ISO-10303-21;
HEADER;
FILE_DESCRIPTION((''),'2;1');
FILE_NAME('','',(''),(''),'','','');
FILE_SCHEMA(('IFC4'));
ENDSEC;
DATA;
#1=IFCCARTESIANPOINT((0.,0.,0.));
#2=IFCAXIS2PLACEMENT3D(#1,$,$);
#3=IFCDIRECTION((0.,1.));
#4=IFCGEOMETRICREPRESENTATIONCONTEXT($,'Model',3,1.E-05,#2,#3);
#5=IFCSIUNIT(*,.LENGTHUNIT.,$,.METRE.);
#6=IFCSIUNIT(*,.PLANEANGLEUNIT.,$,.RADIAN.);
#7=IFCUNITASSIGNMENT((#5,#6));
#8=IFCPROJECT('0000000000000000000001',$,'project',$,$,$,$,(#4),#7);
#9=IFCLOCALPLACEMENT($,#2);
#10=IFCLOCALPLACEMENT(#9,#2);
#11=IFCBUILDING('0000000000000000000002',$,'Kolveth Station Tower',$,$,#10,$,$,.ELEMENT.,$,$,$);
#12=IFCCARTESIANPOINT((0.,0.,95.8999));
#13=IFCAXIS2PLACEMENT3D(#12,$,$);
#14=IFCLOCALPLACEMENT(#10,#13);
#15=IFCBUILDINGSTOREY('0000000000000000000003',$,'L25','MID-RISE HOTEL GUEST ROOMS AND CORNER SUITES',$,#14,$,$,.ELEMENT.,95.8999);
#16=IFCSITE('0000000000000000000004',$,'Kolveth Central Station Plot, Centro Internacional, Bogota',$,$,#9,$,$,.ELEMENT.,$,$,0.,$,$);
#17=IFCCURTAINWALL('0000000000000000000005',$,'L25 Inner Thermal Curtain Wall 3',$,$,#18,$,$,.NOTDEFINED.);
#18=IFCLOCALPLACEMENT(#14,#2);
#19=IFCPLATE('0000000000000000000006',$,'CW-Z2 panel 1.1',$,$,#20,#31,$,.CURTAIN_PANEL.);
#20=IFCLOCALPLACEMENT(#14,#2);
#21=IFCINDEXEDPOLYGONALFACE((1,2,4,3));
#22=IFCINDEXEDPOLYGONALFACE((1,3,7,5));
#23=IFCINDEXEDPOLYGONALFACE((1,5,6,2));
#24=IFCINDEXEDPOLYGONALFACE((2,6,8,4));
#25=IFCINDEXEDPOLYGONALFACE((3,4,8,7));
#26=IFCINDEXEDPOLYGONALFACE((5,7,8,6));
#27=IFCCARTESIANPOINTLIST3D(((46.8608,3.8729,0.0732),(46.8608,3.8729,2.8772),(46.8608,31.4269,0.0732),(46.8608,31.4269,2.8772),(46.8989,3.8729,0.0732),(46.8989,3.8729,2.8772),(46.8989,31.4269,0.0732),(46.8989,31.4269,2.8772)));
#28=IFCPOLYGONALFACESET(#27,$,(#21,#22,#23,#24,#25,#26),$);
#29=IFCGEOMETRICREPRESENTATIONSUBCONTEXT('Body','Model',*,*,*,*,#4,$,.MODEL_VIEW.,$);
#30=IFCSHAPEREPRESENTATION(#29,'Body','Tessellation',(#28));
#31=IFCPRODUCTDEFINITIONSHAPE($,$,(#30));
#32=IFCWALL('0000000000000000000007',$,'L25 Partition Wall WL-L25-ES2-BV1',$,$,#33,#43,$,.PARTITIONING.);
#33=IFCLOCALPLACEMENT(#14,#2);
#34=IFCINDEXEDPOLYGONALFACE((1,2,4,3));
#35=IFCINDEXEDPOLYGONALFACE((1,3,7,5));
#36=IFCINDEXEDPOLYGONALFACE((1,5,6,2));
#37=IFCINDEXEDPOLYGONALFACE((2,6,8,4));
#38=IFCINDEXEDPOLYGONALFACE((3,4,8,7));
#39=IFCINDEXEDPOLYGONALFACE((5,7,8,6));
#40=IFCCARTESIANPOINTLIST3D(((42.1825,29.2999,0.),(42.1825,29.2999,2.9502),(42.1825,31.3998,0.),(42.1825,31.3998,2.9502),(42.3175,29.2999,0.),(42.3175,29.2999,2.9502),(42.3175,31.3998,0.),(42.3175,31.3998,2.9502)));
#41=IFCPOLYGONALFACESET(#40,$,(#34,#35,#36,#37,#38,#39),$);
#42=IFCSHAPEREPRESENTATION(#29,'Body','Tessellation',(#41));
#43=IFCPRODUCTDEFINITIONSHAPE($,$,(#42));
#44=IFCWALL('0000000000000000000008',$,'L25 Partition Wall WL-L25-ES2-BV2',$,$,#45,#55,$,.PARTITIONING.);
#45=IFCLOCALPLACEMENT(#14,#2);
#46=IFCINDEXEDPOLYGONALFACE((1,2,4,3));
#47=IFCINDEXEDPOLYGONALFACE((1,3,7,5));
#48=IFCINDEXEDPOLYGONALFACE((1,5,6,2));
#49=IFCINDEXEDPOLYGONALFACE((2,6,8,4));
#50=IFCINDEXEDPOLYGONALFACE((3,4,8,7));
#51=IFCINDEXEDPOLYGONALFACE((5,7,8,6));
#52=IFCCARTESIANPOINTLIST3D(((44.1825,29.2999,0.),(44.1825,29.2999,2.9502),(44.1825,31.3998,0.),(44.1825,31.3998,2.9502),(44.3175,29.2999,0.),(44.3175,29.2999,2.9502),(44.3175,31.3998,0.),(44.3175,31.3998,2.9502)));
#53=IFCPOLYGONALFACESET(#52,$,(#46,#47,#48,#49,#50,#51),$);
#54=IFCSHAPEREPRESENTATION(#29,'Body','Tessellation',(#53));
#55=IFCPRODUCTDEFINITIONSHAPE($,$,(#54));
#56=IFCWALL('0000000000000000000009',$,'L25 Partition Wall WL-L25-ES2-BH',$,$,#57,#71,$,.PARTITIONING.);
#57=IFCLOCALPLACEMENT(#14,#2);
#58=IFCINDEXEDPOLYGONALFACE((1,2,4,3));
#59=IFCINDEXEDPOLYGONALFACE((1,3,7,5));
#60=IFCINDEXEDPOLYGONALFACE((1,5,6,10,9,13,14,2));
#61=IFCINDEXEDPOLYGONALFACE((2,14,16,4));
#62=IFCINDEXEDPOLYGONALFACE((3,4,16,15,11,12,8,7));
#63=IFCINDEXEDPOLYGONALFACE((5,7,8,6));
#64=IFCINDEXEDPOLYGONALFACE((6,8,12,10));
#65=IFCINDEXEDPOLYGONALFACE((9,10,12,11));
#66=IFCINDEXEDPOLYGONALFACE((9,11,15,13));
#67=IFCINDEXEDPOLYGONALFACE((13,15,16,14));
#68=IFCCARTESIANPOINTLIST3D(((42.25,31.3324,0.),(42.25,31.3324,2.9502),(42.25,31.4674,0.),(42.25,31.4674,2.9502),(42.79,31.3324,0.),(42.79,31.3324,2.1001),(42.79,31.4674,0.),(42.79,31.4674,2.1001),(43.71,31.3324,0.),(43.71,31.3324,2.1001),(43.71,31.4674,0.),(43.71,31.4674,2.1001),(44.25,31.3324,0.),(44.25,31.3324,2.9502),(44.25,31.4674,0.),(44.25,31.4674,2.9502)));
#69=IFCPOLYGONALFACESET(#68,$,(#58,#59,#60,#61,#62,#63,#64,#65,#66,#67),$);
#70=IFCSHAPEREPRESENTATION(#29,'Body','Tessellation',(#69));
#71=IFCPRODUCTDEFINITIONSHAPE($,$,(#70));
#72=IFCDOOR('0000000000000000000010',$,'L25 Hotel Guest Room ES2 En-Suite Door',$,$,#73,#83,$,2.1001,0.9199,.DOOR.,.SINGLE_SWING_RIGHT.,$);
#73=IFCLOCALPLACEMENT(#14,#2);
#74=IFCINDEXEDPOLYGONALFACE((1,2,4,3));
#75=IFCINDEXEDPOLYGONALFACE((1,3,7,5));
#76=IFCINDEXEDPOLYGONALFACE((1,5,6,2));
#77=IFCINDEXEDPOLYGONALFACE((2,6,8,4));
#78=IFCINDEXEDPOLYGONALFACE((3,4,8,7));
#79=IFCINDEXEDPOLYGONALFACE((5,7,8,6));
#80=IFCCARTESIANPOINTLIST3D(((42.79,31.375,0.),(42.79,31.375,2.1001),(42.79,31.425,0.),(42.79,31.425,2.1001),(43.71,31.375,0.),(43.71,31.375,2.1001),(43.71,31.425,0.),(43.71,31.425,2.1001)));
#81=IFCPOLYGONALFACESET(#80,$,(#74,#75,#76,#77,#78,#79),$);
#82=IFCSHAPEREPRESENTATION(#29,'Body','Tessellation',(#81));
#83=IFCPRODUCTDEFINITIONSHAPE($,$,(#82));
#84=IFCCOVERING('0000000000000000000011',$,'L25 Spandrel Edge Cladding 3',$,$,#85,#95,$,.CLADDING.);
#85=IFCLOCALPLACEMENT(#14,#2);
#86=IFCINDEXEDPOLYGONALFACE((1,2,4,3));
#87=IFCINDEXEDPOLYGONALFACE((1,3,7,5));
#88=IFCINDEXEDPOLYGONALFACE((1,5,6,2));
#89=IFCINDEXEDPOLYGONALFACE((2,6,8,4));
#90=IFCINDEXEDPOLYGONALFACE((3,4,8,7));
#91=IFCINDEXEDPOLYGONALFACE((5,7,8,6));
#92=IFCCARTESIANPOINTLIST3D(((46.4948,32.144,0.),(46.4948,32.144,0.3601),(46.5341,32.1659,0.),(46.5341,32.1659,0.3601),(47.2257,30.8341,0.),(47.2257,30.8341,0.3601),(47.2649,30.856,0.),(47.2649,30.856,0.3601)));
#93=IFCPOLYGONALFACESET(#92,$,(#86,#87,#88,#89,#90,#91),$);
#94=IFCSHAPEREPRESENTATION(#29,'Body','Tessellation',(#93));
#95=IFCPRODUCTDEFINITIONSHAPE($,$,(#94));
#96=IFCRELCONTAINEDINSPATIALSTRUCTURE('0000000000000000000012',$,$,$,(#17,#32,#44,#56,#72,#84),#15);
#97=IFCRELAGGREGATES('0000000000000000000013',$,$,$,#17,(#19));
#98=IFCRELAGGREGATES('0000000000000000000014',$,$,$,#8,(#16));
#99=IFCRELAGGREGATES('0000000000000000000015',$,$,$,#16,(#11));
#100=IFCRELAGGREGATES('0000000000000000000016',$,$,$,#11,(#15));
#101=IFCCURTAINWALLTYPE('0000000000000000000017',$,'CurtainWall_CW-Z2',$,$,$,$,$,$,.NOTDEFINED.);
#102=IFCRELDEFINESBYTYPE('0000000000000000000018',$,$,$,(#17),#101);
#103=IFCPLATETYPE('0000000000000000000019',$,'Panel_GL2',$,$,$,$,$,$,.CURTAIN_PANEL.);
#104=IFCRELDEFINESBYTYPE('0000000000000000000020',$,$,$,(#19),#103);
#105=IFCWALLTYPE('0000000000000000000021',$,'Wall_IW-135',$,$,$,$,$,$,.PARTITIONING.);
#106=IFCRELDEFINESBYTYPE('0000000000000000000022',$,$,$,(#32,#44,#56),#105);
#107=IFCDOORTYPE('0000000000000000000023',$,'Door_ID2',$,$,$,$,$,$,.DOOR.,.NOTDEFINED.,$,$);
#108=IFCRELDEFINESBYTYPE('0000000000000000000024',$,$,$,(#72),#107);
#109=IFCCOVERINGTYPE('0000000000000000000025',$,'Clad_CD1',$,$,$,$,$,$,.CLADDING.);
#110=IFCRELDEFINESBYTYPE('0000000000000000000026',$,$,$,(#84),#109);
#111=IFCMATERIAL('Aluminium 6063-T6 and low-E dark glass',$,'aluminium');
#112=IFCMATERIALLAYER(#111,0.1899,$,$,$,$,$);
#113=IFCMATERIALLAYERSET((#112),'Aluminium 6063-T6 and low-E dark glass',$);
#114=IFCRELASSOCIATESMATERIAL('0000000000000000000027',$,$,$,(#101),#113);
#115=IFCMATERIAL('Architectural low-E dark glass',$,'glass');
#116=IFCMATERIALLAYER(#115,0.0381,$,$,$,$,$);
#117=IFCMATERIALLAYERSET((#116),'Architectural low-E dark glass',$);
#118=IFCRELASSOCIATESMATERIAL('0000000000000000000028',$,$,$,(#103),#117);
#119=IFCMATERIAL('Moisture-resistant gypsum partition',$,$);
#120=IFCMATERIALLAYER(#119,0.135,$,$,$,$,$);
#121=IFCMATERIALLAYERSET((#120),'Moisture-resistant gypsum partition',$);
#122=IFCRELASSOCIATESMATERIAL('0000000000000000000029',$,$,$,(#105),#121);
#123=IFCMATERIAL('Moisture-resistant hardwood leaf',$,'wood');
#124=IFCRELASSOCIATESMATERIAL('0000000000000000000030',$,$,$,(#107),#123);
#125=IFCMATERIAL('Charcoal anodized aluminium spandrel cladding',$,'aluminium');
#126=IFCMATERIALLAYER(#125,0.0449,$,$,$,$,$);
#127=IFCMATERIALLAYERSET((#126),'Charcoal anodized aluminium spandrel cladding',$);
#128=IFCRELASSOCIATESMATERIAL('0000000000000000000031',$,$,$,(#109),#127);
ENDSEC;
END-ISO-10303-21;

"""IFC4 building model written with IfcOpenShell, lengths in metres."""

from ifc_helpers import new_model, si_unit, direction, frame, frame_2d, origin, origin_2d, place, context, subcontext, project, spatial, rectangle, extrude, source, transform, mapped, material, layer, layer_set, type_object, element, fill, aggregate, save


model = new_model("IFC4")

# Units and contexts
model_context = context("Model", 3, precision=1e-05, world=origin(), true_north=direction((0.0, 1.0)))
body_context = subcontext(model_context, "Body", "Model", "MODEL_VIEW")
ifc_project = project(units=[si_unit("LENGTHUNIT", "METRE"), si_unit("PLANEANGLEUNIT", "RADIAN")], contexts=[model_context])

# Site, building, storey
site_placement = place(None, origin())
site = spatial("IfcSite", under=ifc_project, at=site_placement, Name="Kolveth Central Station Plot, Centro Internacional, Bogota", CompositionType="ELEMENT", RefElevation=0.0)
building_placement = place(site_placement, origin())
building = spatial("IfcBuilding", under=site, at=building_placement, Name="Kolveth Station Tower", CompositionType="ELEMENT")
storey_placement = place(building_placement, frame((0.0, 0.0, 95.8999)))
storey = spatial("IfcBuildingStorey", under=building, at=storey_placement, Name="L25", Description="MID-RISE HOTEL GUEST ROOMS AND CORNER SUITES", CompositionType="ELEMENT", Elevation=95.8999)

# Curtain wall
ifc_material_1 = material(Name="Aluminium 6063-T6 and low-E dark glass", Category="aluminium")
ifc_layer_1 = layer(ifc_material_1, 0.1899)
ifc_layer_set_1 = layer_set([ifc_layer_1], Name="Aluminium 6063-T6 and low-E dark glass")
curtain_wall_type = type_object("IfcCurtainWallType", Name="CurtainWall_CW-Z2", PredefinedType="NOTDEFINED", material=ifc_layer_set_1)
curtain_wall_1_placement = place(storey_placement, origin())
curtain_wall_1 = element("IfcCurtainWall", 1, at=curtain_wall_1_placement, inside=storey, type_object=curtain_wall_type, Name="L25 Inner Thermal Curtain Wall 3", PredefinedType="NOTDEFINED")

# Plate
ifc_material_2 = material(Name="Architectural low-E dark glass", Category="glass")
ifc_layer_2 = layer(ifc_material_2, 0.0381)
ifc_layer_set_2 = layer_set([ifc_layer_2], Name="Architectural low-E dark glass")
plate_type = type_object("IfcPlateType", Name="Panel_GL2", PredefinedType="CURTAIN_PANEL", material=ifc_layer_set_2)
shared_shape_1 = source(origin(), body_context, "Body", "SweptSolid", [
    extrude(rectangle(XDim=27.554, YDim=0.0381, at=origin_2d()), origin(), (0.0, 0.0, 1.0), 2.804),
])
plate_placement = place(storey_placement, frame((46.8799, 17.6499, 0.0732), z_axis=(0.0, 0.0, 1.0), x_axis=(0.0, 1.0, 0.0)))
plate = element("IfcPlate", 2, at=plate_placement, type_object=plate_type, Name="CW-Z2 panel 1.1", PredefinedType="CURTAIN_PANEL", context=body_context, shape_type="MappedRepresentation", body=[
    mapped(shared_shape_1, transform((0.0, 0.0, 0.0), x_axis=(1.0, 0.0, 0.0), y_axis=(0.0, 1.0, 0.0), z_axis=(0.0, 0.0, 1.0), scale=1.0)),
])
aggregate(curtain_wall_1, [plate])

# Walls
ifc_material_3 = material(Name="Moisture-resistant gypsum partition")
ifc_layer_3 = layer(ifc_material_3, 0.135)
ifc_layer_set_3 = layer_set([ifc_layer_3], Name="Moisture-resistant gypsum partition")
wall_type = type_object("IfcWallType", Name="Wall_IW-135", PredefinedType="PARTITIONING", material=ifc_layer_set_3)
for number, where, z_axis, x_axis, name in (
    (3, (42.25, 29.3, 0.0), (0.0, 0.0, 1.0), (0.0, 1.0, 0.0), "L25 Partition Wall WL-L25-ES2-BV1"),
    (4, (44.25, 29.3, 0.0), (0.0, 0.0, 1.0), (0.0, 1.0, 0.0), "L25 Partition Wall WL-L25-ES2-BV2"),
):
    element("IfcWall", number, at=place(storey_placement, frame(where, z_axis=z_axis, x_axis=x_axis)), inside=storey, type_object=wall_type, Name=name, PredefinedType="PARTITIONING", context=body_context, shape_type="SweptSolid", body=[
        extrude(rectangle(XDim=2.0999, YDim=0.135, at=frame_2d((1.0498, 0.0))), origin(), (0.0, 0.0, 1.0), 2.9502),
    ])

# Wall, opening, door
wall_placement = place(storey_placement, frame((42.25, 31.3999, 0.0), z_axis=(0.0, 0.0, 1.0), x_axis=(1.0, 0.0, 0.0)))
wall = element("IfcWall", 5, at=wall_placement, inside=storey, type_object=wall_type, Name="L25 Partition Wall WL-L25-ES2-BH", PredefinedType="PARTITIONING", context=body_context, shape_type="SweptSolid", body=[
    extrude(rectangle(XDim=2.0, YDim=0.135, at=frame_2d((1.0, 0.0))), origin(), (0.0, 0.0, 1.0), 2.9502),
])
opening_placement = place(wall_placement, frame((0.54, 0.0, 0.0)))
opening = element("IfcOpeningElement", 6, at=opening_placement, cuts=wall, PredefinedType="OPENING", context=body_context, shape_type="SweptSolid", body=[
    extrude(rectangle(XDim=0.9199, YDim=2.1001, at=frame_2d((0.46, 1.05))), frame((0.0, 0.0774, 0.0), z_axis=(0.0, -1.0, 0.0), x_axis=(1.0, 0.0, 0.0)), (0.0, 0.0, 1.0), 0.155),
])
ifc_material_4 = material(Name="Moisture-resistant hardwood leaf", Category="wood")
door_type = type_object("IfcDoorType", Name="Door_ID2", OperationType="NOTDEFINED", PredefinedType="DOOR", material=ifc_material_4)
door_placement = place(opening_placement, frame((0.9199, 0.0, 0.0), z_axis=(0.0, 0.0, 1.0), x_axis=(-1.0, 0.0, 0.0)))
door = element("IfcDoor", 7, at=door_placement, inside=storey, type_object=door_type, Name="L25 Hotel Guest Room ES2 En-Suite Door", OperationType="SINGLE_SWING_RIGHT", OverallHeight=2.1001, OverallWidth=0.9199, PredefinedType="DOOR", context=body_context, shape_type="SweptSolid", body=[
    extrude(rectangle(XDim=0.9199, YDim=2.1001, at=frame_2d((0.46, 1.05))), frame((0.0, 0.0249, 0.0), z_axis=(0.0, -1.0, 0.0), x_axis=(1.0, 0.0, 0.0)), (0.0, 0.0, 1.0), 0.05),
])
fill(opening, door)

# Covering
ifc_material_5 = material(Name="Charcoal anodized aluminium spandrel cladding", Category="aluminium")
ifc_layer_4 = layer(ifc_material_5, 0.0449)
ifc_layer_set_4 = layer_set([ifc_layer_4], Name="Charcoal anodized aluminium spandrel cladding")
covering_type = type_object("IfcCoveringType", Name="Clad_CD1", PredefinedType="CLADDING", material=ifc_layer_set_4)
shared_shape_2 = source(origin(), body_context, "Body", "SweptSolid", [
    extrude(rectangle(XDim=1.5, YDim=0.0449, at=origin_2d()), origin(), (0.0, 0.0, 1.0), 0.3601),
])
covering_placement = place(storey_placement, frame((46.8799, 31.5, 0.0), z_axis=(0.0, 0.0, 1.0), x_axis=(-0.48725, 0.873262, 0.0)))
element("IfcCovering", 8, at=covering_placement, inside=storey, type_object=covering_type, Name="L25 Spandrel Edge Cladding 3", PredefinedType="CLADDING", context=body_context, shape_type="MappedRepresentation", body=[
    mapped(shared_shape_2, transform((0.0, 0.0, 0.0), x_axis=(1.0, 0.0, 0.0), y_axis=(0.0, 1.0, 0.0), z_axis=(0.0, 0.0, 1.0), scale=1.0)),
])

save(model, "model.ifc")
